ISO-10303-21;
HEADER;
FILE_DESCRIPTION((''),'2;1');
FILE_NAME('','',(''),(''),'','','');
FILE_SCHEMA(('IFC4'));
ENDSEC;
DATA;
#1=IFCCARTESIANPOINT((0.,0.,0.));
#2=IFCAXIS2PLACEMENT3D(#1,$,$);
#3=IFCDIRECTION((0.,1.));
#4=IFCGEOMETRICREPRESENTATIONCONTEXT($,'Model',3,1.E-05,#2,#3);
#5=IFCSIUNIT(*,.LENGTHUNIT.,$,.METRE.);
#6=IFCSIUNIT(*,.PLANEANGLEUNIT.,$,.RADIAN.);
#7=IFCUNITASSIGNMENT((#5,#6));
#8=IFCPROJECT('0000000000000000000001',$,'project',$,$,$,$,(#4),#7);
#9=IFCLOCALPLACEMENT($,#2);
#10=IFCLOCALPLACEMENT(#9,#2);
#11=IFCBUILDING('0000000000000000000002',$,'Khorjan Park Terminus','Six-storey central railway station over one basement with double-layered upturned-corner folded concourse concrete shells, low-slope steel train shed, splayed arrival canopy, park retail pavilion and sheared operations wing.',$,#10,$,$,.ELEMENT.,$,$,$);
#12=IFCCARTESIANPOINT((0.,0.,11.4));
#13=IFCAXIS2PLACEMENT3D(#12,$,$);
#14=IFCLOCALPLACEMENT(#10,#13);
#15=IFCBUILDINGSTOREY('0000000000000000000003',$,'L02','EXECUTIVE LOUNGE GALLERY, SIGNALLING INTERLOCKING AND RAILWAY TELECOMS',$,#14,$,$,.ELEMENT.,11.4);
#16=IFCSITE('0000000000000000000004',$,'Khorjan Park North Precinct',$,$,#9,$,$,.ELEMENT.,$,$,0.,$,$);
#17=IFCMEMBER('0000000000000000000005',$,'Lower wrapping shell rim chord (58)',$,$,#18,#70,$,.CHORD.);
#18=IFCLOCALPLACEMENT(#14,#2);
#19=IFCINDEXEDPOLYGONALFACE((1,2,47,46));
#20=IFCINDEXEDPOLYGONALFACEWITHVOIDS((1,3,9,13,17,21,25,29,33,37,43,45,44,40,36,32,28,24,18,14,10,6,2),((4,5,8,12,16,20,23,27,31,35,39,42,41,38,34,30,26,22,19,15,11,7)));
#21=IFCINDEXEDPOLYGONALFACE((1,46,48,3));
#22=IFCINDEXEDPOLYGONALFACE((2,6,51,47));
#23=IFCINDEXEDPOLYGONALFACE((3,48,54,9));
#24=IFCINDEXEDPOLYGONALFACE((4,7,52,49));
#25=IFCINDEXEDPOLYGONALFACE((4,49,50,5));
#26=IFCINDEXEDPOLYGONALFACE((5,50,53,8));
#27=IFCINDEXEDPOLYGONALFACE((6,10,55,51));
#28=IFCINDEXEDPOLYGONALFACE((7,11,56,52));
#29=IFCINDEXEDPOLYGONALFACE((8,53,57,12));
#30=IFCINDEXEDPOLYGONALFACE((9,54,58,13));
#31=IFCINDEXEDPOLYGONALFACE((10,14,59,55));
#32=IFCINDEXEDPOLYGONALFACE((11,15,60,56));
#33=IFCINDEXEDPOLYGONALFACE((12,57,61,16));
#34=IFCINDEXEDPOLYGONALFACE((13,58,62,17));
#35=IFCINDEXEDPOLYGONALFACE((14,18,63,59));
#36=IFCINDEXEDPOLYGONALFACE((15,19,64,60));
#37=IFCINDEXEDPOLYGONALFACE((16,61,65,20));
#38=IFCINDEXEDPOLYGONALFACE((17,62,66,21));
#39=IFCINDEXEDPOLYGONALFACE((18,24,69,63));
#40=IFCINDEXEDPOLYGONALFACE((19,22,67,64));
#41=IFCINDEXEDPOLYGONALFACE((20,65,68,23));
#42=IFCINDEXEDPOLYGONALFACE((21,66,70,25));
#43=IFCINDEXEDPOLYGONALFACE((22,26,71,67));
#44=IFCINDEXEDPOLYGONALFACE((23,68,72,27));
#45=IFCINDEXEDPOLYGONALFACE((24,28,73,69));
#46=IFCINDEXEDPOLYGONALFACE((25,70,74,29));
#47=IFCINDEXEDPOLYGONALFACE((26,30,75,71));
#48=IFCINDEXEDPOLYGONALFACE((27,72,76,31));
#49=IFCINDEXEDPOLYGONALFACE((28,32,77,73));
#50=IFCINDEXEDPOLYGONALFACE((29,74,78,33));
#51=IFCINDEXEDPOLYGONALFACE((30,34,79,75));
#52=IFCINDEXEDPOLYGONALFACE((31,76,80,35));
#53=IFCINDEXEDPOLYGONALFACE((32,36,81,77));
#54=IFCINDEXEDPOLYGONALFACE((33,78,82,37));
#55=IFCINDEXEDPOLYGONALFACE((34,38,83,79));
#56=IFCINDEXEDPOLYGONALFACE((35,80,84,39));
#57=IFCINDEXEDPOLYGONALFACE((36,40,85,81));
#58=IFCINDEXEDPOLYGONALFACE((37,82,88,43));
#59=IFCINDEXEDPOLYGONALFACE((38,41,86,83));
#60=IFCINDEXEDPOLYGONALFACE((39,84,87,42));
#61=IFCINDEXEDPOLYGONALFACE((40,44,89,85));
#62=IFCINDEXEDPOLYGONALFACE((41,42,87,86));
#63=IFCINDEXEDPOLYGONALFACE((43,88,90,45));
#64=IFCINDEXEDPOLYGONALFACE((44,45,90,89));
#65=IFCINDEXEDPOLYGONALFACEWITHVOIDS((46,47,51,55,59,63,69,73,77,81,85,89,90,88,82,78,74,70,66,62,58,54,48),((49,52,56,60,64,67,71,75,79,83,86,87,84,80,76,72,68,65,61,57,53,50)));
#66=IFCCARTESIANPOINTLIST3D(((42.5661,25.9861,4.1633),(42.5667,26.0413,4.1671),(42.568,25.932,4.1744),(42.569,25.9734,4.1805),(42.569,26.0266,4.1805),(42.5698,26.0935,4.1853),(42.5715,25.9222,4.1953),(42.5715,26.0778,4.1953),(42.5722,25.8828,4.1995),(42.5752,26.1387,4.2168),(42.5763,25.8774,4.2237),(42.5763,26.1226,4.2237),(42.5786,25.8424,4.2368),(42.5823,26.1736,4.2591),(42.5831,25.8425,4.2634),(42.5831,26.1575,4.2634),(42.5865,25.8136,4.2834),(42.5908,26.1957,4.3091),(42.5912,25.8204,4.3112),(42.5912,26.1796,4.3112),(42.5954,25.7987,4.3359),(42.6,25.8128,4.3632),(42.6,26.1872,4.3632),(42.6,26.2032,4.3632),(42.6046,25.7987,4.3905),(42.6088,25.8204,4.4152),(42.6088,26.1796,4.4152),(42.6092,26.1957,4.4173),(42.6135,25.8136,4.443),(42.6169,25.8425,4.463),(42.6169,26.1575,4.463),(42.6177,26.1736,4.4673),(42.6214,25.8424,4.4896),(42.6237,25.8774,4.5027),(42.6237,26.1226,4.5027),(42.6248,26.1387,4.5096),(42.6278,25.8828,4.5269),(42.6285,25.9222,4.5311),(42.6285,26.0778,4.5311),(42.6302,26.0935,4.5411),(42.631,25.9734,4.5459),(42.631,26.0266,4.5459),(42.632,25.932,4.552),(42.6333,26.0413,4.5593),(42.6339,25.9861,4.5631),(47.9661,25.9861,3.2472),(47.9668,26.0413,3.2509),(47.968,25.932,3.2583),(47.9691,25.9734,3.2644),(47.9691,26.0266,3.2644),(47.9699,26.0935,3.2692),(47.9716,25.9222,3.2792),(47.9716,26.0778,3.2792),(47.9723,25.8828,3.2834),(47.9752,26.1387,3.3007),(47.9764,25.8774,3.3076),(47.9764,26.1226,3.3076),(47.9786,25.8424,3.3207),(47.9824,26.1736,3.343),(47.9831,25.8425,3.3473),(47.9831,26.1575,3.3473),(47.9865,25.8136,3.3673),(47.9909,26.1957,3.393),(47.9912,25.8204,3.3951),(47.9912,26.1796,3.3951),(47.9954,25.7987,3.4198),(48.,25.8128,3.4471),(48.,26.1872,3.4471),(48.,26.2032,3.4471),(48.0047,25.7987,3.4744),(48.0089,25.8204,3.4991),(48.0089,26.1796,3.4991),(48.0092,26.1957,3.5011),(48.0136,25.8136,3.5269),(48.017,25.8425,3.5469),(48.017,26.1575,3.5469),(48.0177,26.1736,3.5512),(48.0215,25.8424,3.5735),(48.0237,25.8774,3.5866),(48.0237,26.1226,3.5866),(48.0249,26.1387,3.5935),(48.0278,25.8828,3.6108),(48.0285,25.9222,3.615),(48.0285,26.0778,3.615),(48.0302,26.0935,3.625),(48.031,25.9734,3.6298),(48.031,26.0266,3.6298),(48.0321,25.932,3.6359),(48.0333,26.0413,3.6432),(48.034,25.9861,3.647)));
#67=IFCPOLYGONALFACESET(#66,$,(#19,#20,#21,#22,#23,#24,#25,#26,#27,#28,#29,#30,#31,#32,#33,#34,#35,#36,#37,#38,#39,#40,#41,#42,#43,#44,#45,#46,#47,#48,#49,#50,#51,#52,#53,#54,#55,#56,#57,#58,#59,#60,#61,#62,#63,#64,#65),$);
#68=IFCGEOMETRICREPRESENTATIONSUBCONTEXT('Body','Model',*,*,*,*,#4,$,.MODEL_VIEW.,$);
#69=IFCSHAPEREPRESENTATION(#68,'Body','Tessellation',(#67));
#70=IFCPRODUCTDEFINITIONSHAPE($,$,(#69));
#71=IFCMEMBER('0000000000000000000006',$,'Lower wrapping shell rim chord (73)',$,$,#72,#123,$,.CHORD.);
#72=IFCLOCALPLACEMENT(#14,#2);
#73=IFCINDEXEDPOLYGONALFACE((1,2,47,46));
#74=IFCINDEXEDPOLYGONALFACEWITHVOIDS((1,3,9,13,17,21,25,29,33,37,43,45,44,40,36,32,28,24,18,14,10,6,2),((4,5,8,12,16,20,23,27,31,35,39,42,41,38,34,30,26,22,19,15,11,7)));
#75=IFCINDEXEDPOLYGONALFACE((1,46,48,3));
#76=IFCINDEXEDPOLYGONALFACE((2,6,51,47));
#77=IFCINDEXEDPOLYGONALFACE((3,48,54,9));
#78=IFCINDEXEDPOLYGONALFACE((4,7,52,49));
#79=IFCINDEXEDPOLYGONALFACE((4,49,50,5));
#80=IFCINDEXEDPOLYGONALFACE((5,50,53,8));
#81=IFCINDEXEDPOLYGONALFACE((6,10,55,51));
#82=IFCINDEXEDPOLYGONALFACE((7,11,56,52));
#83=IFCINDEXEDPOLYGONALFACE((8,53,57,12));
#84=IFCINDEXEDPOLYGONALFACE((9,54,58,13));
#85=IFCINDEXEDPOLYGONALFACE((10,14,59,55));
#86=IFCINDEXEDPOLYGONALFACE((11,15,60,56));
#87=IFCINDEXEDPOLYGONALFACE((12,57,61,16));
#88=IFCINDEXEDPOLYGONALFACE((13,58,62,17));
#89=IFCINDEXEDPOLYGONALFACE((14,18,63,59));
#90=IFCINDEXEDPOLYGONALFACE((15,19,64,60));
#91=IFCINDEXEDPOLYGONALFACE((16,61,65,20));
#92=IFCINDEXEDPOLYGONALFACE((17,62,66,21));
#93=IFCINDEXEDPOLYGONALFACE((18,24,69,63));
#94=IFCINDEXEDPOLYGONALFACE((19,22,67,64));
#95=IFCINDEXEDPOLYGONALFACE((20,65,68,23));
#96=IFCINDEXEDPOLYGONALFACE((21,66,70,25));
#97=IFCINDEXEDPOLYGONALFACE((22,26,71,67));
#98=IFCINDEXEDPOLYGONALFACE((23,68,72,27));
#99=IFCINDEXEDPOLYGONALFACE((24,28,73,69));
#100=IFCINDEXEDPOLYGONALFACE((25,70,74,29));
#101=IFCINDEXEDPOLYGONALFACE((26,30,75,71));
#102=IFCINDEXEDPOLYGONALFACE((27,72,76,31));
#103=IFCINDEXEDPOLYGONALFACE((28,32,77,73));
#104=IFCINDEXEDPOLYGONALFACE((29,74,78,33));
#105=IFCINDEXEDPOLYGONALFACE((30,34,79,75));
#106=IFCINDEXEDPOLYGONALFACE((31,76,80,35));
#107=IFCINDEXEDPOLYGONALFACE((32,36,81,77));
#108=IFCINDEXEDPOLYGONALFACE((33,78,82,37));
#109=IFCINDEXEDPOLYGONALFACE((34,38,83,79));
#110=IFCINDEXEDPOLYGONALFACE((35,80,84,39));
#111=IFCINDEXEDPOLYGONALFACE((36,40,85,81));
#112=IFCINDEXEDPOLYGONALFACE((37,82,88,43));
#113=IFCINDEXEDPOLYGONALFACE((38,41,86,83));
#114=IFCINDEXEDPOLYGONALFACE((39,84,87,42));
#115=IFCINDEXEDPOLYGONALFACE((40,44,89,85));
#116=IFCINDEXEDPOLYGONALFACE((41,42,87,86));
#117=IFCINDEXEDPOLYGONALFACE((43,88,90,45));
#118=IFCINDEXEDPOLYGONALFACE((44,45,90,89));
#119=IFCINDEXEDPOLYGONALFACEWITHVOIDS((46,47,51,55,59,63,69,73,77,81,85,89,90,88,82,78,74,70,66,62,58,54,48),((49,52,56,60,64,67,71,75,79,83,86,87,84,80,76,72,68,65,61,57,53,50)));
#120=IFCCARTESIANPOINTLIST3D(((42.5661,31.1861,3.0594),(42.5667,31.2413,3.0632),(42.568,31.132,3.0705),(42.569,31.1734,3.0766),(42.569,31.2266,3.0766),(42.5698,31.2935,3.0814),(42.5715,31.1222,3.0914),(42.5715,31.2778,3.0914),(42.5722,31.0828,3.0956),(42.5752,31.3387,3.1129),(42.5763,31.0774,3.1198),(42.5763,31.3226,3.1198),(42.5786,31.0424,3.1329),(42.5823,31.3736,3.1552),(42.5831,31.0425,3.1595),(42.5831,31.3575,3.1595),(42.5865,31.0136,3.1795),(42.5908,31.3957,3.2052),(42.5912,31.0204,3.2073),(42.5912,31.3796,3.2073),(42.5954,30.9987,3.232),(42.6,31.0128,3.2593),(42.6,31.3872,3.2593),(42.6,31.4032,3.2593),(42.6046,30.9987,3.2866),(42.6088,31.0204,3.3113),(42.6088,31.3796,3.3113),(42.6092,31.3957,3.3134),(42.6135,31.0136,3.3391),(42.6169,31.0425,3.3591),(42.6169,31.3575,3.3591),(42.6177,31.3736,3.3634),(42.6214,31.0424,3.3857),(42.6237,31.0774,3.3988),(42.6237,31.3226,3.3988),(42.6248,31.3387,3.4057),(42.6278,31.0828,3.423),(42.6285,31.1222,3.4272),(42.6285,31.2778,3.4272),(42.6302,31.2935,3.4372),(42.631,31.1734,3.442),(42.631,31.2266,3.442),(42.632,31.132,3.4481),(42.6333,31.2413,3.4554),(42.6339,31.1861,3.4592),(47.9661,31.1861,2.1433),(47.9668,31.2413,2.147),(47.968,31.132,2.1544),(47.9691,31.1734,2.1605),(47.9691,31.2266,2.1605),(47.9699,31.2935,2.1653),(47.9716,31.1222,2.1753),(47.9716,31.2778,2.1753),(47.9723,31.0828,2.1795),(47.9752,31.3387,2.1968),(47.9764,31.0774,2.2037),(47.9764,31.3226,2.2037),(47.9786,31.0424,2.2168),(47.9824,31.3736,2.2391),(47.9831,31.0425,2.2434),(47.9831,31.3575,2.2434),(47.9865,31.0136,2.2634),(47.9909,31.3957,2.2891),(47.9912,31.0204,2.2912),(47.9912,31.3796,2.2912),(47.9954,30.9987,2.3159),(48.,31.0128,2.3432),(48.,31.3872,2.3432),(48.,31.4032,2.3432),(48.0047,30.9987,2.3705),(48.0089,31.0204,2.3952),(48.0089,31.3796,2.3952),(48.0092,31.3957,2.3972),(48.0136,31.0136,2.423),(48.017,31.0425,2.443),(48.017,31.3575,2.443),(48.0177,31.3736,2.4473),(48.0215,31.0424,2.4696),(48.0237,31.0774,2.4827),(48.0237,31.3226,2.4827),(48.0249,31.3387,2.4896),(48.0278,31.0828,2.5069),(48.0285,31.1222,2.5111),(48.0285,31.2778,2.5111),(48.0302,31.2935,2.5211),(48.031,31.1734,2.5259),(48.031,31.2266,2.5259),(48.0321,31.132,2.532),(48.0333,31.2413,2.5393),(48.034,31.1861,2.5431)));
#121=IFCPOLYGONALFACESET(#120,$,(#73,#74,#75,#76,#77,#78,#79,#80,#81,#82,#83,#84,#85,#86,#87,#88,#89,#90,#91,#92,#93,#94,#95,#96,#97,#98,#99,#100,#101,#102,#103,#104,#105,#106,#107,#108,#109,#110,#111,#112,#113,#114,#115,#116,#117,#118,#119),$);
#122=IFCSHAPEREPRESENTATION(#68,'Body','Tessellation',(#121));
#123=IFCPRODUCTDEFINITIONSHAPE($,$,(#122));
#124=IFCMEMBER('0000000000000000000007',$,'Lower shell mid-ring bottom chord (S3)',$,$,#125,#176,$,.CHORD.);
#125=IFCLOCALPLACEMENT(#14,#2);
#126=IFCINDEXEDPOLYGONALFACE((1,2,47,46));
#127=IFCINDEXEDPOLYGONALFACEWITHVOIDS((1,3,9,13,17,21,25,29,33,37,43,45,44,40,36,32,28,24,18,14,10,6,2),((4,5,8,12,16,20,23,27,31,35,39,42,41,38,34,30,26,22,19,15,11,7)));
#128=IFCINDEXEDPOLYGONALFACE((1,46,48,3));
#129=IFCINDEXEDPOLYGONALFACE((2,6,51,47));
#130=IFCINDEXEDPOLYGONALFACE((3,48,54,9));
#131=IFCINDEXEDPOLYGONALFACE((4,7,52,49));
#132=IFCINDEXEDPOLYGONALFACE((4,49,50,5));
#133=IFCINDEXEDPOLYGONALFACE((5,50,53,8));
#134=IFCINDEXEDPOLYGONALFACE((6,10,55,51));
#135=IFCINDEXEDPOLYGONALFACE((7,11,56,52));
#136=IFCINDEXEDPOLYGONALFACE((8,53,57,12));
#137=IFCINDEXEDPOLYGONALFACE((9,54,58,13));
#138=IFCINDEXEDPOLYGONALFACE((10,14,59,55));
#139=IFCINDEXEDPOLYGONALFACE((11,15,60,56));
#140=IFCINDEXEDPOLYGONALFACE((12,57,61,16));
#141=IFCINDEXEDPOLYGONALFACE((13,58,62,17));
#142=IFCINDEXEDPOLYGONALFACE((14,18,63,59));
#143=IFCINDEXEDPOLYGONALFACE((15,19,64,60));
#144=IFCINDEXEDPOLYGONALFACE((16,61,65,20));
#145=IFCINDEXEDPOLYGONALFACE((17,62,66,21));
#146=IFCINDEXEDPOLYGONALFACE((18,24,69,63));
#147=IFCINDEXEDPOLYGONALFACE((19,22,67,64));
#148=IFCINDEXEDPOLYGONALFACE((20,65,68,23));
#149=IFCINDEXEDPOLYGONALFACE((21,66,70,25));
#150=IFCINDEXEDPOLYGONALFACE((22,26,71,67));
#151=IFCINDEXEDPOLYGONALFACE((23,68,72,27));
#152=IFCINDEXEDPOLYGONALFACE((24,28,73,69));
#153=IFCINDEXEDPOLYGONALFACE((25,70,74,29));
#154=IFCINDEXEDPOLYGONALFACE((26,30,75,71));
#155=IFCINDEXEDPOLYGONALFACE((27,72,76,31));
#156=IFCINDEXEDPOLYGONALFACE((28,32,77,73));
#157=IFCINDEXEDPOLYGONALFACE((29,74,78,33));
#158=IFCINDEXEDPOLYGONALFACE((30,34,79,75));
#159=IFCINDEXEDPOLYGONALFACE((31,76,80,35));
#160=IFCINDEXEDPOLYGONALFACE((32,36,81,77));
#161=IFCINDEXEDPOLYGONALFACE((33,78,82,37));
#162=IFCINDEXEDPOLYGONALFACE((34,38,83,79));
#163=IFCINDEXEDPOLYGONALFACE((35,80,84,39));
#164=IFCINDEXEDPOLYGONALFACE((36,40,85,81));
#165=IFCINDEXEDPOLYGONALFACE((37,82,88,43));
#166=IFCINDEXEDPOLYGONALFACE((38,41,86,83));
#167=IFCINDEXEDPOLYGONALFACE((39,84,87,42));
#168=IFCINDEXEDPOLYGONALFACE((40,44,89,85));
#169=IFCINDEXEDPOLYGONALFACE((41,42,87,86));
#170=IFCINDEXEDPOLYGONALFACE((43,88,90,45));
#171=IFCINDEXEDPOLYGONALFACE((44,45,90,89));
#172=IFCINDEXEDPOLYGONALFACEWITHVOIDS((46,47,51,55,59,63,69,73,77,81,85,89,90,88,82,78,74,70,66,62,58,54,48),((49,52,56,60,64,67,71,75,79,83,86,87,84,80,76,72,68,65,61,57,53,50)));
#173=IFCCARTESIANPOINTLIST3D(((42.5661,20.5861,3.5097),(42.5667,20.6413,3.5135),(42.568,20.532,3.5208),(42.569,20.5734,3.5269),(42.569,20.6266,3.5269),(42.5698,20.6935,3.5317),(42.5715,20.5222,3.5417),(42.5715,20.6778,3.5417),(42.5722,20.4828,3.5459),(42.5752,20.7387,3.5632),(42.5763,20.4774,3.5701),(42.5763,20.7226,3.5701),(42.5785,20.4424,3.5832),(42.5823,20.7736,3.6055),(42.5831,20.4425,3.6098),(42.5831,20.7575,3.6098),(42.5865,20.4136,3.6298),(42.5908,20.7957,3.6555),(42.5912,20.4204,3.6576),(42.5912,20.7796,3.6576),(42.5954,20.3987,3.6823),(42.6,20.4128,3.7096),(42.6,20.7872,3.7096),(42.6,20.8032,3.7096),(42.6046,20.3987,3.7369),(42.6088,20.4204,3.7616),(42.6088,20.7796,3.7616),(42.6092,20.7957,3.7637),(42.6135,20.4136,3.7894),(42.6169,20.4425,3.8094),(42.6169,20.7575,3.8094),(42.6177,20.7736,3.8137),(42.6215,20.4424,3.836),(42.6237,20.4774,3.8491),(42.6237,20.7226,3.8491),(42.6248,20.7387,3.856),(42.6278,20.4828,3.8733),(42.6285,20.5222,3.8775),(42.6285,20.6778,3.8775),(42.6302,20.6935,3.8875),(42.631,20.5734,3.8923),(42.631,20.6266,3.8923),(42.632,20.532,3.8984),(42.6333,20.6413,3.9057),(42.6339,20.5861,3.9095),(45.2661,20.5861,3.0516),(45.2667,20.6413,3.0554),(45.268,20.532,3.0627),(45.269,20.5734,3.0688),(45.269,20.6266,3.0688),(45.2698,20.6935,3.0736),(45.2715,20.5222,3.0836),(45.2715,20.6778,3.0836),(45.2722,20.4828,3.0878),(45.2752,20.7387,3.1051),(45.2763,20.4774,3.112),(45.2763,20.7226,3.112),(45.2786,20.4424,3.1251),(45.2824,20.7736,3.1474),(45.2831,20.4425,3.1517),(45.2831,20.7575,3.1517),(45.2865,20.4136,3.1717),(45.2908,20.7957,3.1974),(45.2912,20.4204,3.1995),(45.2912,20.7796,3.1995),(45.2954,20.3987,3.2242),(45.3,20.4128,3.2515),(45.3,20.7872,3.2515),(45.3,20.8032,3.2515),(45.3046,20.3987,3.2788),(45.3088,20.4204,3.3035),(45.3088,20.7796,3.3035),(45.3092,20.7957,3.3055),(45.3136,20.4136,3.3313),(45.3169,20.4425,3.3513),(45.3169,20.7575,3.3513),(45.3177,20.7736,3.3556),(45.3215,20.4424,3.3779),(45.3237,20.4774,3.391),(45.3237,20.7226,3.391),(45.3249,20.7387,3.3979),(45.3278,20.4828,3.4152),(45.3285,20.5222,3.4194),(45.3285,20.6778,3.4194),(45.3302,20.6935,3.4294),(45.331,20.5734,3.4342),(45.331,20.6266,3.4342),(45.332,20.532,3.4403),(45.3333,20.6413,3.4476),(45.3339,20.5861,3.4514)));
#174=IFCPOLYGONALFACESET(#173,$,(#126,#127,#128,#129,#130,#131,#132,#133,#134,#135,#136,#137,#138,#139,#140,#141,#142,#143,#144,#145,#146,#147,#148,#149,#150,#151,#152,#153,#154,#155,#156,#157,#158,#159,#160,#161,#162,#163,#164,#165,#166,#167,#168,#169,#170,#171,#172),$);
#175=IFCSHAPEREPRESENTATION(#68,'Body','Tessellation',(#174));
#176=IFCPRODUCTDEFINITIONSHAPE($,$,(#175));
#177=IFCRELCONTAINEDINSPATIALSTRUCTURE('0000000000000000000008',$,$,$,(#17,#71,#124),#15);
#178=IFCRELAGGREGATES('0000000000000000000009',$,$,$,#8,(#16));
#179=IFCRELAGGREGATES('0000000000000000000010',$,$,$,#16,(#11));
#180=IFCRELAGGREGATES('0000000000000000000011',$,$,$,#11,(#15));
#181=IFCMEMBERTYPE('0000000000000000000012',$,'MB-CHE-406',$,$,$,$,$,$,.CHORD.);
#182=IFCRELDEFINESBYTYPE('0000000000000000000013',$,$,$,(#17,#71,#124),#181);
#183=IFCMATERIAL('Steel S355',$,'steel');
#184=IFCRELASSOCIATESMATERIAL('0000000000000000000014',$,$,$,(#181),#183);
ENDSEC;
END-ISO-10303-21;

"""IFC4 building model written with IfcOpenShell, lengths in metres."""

from ifc_helpers import new_model, si_unit, direction, frame, origin, origin_2d, place, context, subcontext, project, spatial, hollow_circle, extrude, material, material_profile, profile_set, type_object, element, save


model = new_model("IFC4")

# Units and contexts
model_context = context("Model", 3, precision=1e-05, world=origin(), true_north=direction((0.0, 1.0)))
body_context = subcontext(model_context, "Body", "Model", "MODEL_VIEW")
ifc_project = project(units=[si_unit("LENGTHUNIT", "METRE"), si_unit("PLANEANGLEUNIT", "RADIAN")], contexts=[model_context])

# Site, building, storey
site_placement = place(None, origin())
site = spatial("IfcSite", under=ifc_project, at=site_placement, Name="Khorjan Park North Precinct", CompositionType="ELEMENT", RefElevation=0.0)
building_placement = place(site_placement, origin())
building = spatial("IfcBuilding", under=site, at=building_placement, Name="Khorjan Park Terminus", Description="Six-storey central railway station over one basement with double-layered upturned-corner folded concourse concrete shells, low-slope steel train shed, splayed arrival canopy, park retail pavilion and sheared operations wing.", CompositionType="ELEMENT")
storey_placement = place(building_placement, frame((0.0, 0.0, 11.4)))
storey = spatial("IfcBuildingStorey", under=building, at=storey_placement, Name="L02", Description="EXECUTIVE LOUNGE GALLERY, SIGNALLING INTERLOCKING AND RAILWAY TELECOMS", CompositionType="ELEMENT", Elevation=11.4)

# Members
ifc_material_1 = material(Name="Steel S355", Category="steel")
ifc_material_profile_1 = material_profile(ifc_material_1, hollow_circle(Radius=0.2032, WallThickness=0.016, at=origin_2d()), Name="CHS 406.4x16")
ifc_profile_set_1 = profile_set([ifc_material_profile_1], Name="Steel S355")
member_type_1 = type_object("IfcMemberType", Name="MB-CHE-406", PredefinedType="CHORD", material=ifc_profile_set_1)
for number, where, z_axis, x_axis, name in (
    (1, (42.6, 26.0, 4.3632), (0.985913, 0.0, -0.167258), (0.0, 1.0, 0.0), "Lower wrapping shell rim chord (58)"),
    (2, (42.6, 31.2, 3.2593), (0.985913, 0.0, -0.167258), (0.0, 1.0, 0.0), "Lower wrapping shell rim chord (73)"),
):
    element("IfcMember", number, at=place(storey_placement, frame(where, z_axis=z_axis, x_axis=x_axis)), inside=storey, type_object=member_type_1, Name=name, PredefinedType="CHORD", context=body_context, shape_type="SweptSolid", body=[
        extrude(hollow_circle(Radius=0.2032, WallThickness=0.016, at=origin_2d()), origin(), (0.0, 0.0, 1.0), 5.4772),
    ])
for number, where, z_axis, x_axis, name in (
    (3, (42.6, 20.6, 3.7096), (0.98591, 0.0, -0.167276), (0.0, 1.0, 0.0), "Lower shell mid-ring bottom chord (S3)"),
):
    element("IfcMember", number, at=place(storey_placement, frame(where, z_axis=z_axis, x_axis=x_axis)), inside=storey, type_object=member_type_1, Name=name, PredefinedType="CHORD", context=body_context, shape_type="SweptSolid", body=[
        extrude(hollow_circle(Radius=0.2032, WallThickness=0.016, at=origin_2d()), origin(), (0.0, 0.0, 1.0), 2.7386),
    ])

save(model, "model.ifc")
